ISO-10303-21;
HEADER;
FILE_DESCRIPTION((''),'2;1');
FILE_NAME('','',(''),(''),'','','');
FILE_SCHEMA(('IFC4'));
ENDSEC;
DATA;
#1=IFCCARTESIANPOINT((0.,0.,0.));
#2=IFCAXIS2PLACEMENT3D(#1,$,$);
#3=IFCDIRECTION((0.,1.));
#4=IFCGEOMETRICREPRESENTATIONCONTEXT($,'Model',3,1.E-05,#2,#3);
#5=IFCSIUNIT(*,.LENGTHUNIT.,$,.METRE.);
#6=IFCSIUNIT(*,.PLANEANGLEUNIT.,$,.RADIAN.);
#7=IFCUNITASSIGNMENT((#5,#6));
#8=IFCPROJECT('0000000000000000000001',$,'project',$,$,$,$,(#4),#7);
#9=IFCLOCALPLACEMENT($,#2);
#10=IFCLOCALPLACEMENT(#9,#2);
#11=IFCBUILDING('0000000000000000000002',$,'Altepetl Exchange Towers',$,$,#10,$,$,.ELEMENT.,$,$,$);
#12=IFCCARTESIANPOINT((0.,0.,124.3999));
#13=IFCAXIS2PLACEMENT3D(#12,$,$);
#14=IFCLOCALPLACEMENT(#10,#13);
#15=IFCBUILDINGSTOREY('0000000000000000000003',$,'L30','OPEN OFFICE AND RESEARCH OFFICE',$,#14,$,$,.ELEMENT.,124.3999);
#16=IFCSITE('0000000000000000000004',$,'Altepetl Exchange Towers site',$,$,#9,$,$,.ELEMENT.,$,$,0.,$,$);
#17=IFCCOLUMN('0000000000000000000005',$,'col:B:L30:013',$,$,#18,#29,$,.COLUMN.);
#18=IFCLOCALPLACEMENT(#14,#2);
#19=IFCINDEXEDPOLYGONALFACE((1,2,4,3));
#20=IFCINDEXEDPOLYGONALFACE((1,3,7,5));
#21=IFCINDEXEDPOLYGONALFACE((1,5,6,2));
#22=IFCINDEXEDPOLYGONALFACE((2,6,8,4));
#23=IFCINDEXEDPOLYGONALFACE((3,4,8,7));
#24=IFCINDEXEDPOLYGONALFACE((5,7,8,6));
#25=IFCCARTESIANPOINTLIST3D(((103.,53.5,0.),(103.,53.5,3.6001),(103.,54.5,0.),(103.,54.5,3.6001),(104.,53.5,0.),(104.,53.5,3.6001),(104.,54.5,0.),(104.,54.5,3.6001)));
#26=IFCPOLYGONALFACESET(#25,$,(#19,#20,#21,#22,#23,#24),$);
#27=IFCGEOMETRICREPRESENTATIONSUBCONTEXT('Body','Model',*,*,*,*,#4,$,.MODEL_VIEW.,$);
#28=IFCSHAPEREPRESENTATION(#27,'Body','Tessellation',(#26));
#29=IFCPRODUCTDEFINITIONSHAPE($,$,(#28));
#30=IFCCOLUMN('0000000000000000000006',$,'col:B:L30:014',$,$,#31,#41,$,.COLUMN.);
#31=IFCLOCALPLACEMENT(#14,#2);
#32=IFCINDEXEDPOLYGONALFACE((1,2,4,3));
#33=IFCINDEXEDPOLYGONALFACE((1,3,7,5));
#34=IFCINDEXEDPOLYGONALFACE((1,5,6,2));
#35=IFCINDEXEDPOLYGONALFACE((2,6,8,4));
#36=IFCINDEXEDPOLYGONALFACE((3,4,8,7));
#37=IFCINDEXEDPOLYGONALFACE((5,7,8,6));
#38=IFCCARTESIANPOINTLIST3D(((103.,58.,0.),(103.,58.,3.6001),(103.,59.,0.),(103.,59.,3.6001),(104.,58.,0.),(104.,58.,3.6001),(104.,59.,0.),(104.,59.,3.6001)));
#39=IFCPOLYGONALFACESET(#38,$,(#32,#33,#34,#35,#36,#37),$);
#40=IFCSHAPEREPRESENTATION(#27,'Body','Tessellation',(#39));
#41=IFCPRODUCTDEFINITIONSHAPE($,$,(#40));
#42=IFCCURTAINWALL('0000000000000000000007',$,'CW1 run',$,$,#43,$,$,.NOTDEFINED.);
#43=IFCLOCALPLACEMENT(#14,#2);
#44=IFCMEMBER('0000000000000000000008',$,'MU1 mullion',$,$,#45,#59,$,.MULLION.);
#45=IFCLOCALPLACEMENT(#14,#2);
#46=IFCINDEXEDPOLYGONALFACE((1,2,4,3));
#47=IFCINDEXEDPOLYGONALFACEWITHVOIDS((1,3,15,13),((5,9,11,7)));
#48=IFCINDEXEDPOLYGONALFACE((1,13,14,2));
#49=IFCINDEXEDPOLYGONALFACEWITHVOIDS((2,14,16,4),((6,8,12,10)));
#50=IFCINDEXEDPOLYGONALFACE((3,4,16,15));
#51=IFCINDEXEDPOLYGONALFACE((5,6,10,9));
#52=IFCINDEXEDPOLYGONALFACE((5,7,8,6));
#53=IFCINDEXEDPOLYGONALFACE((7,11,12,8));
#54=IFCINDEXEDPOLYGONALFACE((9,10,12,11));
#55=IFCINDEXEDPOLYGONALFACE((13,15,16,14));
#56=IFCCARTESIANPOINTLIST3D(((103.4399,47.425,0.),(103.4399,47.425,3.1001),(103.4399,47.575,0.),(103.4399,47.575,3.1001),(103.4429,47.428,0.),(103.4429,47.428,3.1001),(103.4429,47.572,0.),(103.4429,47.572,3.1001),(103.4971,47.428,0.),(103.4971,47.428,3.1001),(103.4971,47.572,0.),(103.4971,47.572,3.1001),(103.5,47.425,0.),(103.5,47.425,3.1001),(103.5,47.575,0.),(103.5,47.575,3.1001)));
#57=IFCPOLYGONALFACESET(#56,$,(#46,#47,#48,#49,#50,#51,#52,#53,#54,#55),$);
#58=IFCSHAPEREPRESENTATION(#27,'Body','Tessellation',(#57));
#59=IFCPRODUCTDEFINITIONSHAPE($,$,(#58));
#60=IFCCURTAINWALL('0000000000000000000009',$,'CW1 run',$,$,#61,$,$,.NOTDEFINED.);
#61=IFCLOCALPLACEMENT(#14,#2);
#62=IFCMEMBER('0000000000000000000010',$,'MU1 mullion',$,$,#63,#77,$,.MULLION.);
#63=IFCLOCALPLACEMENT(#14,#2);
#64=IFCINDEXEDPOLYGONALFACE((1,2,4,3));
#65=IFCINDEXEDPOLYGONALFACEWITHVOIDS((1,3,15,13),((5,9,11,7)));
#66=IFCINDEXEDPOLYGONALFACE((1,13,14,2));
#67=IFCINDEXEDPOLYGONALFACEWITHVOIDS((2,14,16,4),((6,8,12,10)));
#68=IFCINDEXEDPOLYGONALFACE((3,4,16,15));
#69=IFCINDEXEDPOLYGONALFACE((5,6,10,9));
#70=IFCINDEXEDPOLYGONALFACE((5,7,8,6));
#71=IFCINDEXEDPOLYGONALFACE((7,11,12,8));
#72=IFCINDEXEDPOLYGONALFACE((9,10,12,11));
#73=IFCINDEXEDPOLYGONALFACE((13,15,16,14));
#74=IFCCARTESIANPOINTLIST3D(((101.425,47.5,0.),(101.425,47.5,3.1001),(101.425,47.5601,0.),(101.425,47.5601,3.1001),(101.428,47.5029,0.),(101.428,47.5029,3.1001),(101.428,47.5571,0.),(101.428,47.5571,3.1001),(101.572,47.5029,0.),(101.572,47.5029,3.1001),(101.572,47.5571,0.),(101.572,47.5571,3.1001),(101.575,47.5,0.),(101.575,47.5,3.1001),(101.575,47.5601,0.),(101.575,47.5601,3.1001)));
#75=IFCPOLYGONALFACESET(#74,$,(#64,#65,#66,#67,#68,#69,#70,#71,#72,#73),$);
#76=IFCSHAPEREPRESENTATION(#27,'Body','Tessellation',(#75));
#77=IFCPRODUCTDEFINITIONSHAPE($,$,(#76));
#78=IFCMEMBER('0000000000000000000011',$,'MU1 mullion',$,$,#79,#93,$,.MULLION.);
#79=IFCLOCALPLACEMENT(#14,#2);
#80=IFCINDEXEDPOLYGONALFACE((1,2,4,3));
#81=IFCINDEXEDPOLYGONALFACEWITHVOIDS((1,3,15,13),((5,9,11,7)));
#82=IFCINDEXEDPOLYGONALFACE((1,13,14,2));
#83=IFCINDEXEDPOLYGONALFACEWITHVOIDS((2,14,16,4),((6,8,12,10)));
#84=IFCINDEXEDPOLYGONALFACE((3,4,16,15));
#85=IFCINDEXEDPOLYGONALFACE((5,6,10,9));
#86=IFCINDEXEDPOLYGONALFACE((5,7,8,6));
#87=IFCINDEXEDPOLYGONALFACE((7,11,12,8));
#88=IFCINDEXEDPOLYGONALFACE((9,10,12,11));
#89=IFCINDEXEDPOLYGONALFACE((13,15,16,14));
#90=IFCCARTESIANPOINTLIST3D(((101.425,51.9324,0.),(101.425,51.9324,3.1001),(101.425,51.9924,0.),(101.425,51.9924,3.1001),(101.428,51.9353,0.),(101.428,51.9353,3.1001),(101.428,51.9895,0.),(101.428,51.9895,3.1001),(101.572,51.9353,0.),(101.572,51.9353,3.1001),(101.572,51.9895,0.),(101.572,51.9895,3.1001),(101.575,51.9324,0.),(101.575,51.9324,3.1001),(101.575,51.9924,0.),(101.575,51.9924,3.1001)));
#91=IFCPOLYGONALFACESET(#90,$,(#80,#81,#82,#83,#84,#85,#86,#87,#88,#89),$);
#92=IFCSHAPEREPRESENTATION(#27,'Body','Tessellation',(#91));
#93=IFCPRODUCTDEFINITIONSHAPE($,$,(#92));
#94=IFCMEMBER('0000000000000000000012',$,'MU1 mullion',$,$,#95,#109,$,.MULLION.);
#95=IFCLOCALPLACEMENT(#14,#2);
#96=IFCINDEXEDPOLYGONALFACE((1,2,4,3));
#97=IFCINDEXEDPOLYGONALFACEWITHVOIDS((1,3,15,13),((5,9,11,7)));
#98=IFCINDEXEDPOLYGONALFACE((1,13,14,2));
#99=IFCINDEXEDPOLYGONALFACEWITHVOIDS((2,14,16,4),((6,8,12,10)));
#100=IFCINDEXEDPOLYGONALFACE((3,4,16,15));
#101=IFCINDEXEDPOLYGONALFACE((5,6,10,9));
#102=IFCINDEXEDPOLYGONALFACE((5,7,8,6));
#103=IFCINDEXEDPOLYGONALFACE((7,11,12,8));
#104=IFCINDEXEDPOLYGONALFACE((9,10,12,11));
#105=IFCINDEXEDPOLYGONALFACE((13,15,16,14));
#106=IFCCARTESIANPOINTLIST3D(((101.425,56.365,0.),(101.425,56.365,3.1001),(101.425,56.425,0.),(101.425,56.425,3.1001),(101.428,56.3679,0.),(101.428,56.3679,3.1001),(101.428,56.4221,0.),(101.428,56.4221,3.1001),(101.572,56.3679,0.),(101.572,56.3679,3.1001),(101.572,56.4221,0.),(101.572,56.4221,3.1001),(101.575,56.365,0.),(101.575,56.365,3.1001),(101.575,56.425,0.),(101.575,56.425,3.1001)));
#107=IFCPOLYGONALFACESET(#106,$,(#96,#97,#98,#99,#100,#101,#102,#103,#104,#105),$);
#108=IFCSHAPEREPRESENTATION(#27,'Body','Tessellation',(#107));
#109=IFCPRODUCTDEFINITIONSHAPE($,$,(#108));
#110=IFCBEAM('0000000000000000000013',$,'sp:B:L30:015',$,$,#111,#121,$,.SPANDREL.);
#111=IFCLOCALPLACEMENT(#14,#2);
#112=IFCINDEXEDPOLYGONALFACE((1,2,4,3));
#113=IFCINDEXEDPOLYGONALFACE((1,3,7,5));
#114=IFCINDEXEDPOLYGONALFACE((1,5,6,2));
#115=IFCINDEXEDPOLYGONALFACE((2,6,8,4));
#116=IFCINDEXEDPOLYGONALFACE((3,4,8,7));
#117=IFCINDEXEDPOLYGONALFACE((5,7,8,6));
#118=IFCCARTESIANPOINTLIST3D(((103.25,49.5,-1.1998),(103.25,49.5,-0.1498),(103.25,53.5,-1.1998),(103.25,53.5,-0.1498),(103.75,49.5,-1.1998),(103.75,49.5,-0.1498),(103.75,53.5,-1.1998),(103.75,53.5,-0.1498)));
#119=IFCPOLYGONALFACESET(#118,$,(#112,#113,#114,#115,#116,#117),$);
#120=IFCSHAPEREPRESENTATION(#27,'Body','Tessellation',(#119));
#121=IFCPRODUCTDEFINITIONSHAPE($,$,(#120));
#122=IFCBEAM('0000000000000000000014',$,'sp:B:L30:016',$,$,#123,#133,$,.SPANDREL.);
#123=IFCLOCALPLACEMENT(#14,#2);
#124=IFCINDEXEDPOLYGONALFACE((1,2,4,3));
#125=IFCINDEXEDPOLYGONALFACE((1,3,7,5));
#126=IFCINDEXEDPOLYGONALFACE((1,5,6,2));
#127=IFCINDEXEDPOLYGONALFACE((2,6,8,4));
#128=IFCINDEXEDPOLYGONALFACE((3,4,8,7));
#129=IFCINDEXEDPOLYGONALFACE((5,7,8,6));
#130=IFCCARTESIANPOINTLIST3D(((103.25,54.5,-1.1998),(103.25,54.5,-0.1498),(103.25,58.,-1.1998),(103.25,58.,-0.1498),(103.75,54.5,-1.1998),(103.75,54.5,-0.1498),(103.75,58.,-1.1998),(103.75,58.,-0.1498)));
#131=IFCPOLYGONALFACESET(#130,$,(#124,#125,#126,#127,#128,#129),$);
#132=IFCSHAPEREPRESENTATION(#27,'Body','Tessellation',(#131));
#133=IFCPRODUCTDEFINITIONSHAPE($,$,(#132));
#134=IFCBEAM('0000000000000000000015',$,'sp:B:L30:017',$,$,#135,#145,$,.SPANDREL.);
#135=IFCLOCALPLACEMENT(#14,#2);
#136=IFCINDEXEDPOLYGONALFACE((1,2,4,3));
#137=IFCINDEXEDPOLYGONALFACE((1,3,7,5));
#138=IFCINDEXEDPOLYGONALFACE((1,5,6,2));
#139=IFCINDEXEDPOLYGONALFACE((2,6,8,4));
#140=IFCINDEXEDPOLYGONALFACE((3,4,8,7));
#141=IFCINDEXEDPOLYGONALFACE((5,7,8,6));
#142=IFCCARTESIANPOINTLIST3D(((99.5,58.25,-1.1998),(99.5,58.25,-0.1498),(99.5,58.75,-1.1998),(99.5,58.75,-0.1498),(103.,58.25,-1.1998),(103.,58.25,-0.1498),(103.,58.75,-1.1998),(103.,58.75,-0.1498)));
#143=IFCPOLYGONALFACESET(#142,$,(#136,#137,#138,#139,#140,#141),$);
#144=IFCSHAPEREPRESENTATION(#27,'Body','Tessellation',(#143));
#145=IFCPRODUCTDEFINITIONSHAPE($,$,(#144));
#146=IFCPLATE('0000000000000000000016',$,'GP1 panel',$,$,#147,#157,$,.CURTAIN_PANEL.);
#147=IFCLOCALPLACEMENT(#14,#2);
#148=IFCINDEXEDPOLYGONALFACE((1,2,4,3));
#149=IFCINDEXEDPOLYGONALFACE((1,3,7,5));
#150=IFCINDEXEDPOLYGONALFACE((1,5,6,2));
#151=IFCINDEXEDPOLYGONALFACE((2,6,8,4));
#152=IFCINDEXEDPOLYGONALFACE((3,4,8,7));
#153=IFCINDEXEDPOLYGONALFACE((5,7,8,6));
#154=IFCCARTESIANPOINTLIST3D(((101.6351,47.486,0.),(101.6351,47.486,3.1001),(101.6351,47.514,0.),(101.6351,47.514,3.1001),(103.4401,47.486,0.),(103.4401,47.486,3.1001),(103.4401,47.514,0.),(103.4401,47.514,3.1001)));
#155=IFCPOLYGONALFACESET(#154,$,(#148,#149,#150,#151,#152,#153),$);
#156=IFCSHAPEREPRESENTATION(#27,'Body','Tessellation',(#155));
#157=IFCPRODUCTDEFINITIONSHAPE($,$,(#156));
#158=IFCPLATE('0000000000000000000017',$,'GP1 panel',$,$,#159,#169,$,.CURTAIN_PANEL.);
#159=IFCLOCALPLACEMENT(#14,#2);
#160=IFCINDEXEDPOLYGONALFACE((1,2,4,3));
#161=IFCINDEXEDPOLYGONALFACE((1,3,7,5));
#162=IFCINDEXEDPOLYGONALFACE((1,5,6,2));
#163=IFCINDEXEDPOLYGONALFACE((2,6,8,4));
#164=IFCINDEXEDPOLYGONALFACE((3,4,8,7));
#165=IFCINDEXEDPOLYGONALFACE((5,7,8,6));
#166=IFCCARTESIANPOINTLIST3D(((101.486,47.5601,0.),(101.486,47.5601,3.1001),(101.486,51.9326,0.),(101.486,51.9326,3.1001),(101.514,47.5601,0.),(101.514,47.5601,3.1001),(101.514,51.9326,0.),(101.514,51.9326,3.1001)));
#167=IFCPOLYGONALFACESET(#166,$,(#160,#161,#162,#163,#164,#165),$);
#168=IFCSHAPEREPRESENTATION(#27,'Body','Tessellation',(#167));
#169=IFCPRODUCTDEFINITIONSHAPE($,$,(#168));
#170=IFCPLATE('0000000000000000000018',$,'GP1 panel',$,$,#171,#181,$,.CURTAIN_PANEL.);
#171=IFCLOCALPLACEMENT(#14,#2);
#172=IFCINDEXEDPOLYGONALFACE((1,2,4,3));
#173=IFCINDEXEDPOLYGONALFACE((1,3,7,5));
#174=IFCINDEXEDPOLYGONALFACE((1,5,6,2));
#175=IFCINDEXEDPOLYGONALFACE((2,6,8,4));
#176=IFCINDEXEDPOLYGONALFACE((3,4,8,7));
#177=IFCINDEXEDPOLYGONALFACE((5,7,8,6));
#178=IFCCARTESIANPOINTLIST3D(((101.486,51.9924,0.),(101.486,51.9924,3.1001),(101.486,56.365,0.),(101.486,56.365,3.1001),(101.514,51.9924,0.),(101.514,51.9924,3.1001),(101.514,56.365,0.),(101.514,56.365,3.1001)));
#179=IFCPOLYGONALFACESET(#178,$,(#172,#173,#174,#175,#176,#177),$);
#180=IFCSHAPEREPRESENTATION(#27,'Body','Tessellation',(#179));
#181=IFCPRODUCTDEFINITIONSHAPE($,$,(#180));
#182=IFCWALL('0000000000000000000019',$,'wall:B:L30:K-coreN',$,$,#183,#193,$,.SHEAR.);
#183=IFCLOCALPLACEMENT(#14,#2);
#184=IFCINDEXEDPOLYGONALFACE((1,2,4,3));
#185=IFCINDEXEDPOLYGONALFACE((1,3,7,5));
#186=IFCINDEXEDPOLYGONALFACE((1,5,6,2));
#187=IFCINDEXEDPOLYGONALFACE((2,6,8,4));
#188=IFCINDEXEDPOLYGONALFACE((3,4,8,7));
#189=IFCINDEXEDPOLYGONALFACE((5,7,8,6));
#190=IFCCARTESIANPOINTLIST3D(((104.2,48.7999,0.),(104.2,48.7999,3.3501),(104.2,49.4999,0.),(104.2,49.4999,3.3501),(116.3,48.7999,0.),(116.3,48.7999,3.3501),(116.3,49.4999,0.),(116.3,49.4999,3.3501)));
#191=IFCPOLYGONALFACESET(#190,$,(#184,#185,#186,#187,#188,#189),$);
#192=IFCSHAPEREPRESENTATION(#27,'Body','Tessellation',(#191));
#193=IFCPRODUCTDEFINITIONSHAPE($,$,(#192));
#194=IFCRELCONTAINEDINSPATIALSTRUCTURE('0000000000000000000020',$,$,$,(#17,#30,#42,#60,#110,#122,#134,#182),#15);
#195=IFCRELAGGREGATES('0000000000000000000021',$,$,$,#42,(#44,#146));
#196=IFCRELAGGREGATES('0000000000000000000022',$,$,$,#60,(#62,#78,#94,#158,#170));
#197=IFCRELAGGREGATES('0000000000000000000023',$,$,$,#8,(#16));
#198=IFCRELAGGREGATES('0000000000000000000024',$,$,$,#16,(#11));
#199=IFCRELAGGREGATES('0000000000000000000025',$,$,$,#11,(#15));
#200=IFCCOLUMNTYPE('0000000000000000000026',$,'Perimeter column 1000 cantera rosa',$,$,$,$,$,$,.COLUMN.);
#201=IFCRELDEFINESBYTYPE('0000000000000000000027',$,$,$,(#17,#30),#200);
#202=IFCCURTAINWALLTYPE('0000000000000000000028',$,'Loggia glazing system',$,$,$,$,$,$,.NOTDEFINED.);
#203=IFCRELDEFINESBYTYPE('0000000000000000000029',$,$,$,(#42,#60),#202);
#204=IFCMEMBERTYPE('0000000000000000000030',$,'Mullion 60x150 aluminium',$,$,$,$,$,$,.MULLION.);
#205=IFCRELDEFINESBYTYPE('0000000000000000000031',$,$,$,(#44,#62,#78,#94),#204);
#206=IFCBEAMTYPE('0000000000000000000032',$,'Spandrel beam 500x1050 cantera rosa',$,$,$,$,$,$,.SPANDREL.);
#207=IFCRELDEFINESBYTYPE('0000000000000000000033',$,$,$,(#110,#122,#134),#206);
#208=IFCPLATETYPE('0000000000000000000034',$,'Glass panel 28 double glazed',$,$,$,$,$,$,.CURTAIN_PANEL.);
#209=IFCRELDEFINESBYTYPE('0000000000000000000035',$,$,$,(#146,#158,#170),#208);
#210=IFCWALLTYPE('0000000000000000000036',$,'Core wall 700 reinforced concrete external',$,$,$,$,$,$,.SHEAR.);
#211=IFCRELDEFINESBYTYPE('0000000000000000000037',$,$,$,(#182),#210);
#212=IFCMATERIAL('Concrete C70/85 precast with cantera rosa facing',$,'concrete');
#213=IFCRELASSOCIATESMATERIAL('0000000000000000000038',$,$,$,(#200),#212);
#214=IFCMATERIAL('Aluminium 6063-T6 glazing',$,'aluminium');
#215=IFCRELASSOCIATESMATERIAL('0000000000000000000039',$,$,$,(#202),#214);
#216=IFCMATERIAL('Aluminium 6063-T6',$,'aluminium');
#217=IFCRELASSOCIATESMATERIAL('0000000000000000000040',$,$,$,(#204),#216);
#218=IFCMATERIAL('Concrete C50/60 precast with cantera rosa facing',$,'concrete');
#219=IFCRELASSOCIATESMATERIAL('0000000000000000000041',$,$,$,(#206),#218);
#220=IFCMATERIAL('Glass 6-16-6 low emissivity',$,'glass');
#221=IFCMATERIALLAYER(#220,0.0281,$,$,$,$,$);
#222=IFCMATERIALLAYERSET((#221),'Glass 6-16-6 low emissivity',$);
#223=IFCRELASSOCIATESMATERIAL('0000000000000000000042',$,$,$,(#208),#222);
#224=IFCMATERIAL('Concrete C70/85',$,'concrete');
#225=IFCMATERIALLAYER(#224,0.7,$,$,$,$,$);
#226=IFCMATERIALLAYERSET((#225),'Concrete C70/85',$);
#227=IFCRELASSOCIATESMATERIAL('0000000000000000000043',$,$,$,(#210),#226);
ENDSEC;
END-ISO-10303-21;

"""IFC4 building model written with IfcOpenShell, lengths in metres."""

from ifc_helpers import new_model, si_unit, direction, frame, frame_2d, origin, origin_2d, place, context, subcontext, project, spatial, rectangle, hollow_rectangle, extrude, material, layer, layer_set, material_profile, profile_set, type_object, element, aggregate, save


model = new_model("IFC4")

# Units and contexts
model_context = context("Model", 3, precision=1e-05, world=origin(), true_north=direction((0.0, 1.0)))
body_context = subcontext(model_context, "Body", "Model", "MODEL_VIEW")
ifc_project = project(units=[si_unit("LENGTHUNIT", "METRE"), si_unit("PLANEANGLEUNIT", "RADIAN")], contexts=[model_context])

# Site, building, storey
site_placement = place(None, origin())
site = spatial("IfcSite", under=ifc_project, at=site_placement, Name="Altepetl Exchange Towers site", CompositionType="ELEMENT", RefElevation=0.0)
building_placement = place(site_placement, origin())
building = spatial("IfcBuilding", under=site, at=building_placement, Name="Altepetl Exchange Towers", CompositionType="ELEMENT")
storey_placement = place(building_placement, frame((0.0, 0.0, 124.3999)))
storey = spatial("IfcBuildingStorey", under=building, at=storey_placement, Name="L30", Description="OPEN OFFICE AND RESEARCH OFFICE", CompositionType="ELEMENT", Elevation=124.3999)

# Columns
ifc_material_1 = material(Name="Concrete C70/85 precast with cantera rosa facing", Category="concrete")
ifc_material_profile_1 = material_profile(ifc_material_1, rectangle(XDim=1.0, YDim=1.0, at=origin_2d()), Name="1000 x 1000")
ifc_profile_set_1 = profile_set([ifc_material_profile_1], Name="Concrete C70/85 precast with cantera rosa facing")
column_type = type_object("IfcColumnType", Name="Perimeter column 1000 cantera rosa", PredefinedType="COLUMN", material=ifc_profile_set_1)
for number, where, name in (
    (1, (103.5, 54.0, 0.0), "col:B:L30:013"),
    (2, (103.5, 58.5, 0.0), "col:B:L30:014"),
):
    element("IfcColumn", number, at=place(storey_placement, frame(where)), inside=storey, type_object=column_type, Name=name, PredefinedType="COLUMN", context=body_context, shape_type="SweptSolid", body=[
        extrude(rectangle(XDim=1.0, YDim=1.0, at=origin_2d()), origin(), (0.0, 0.0, 1.0), 3.6001),
    ])

# Curtain wall, member
ifc_material_2 = material(Name="Aluminium 6063-T6 glazing", Category="aluminium")
curtain_wall_type = type_object("IfcCurtainWallType", Name="Loggia glazing system", PredefinedType="NOTDEFINED", material=ifc_material_2)
curtain_wall_1_placement = place(storey_placement, origin())
curtain_wall_1 = element("IfcCurtainWall", 3, at=curtain_wall_1_placement, inside=storey, type_object=curtain_wall_type, Name="CW1 run", PredefinedType="NOTDEFINED")
ifc_material_3 = material(Name="Aluminium 6063-T6", Category="aluminium")
ifc_material_profile_2 = material_profile(ifc_material_3, hollow_rectangle(XDim=0.0601, YDim=0.1499, WallThickness=0.0029, at=origin_2d()), Name="Mullion 60x150 aluminium")
ifc_profile_set_2 = profile_set([ifc_material_profile_2], Name="Aluminium 6063-T6")
member_type = type_object("IfcMemberType", Name="Mullion 60x150 aluminium", PredefinedType="MULLION", material=ifc_profile_set_2)
member_1_placement = place(storey_placement, frame((103.47, 47.5, 0.0), z_axis=(0.0, 0.0, 1.0), x_axis=(-1.0, 0.0, 0.0)))
member_1 = element("IfcMember", 4, at=member_1_placement, type_object=member_type, Name="MU1 mullion", PredefinedType="MULLION", context=body_context, shape_type="SweptSolid", body=[
    extrude(hollow_rectangle(XDim=0.0601, YDim=0.1499, WallThickness=0.0029, at=origin_2d()), origin(), (0.0, 0.0, 1.0), 3.1001),
])

# Curtain wall, members
curtain_wall_2_placement = place(storey_placement, origin())
curtain_wall_2 = element("IfcCurtainWall", 5, at=curtain_wall_2_placement, inside=storey, type_object=curtain_wall_type, Name="CW1 run", PredefinedType="NOTDEFINED")
member_2_placement = place(storey_placement, frame((101.5, 47.53, 0.0), z_axis=(0.0, 0.0, 1.0), x_axis=(0.0, 1.0, 0.0)))
member_2 = element("IfcMember", 6, at=member_2_placement, type_object=member_type, Name="MU1 mullion", PredefinedType="MULLION", context=body_context, shape_type="SweptSolid", body=[
    extrude(hollow_rectangle(XDim=0.0601, YDim=0.1499, WallThickness=0.0029, at=origin_2d()), origin(), (0.0, 0.0, 1.0), 3.1001),
])
member_3_placement = place(storey_placement, frame((101.5, 51.9624, 0.0), z_axis=(0.0, 0.0, 1.0), x_axis=(0.0, 1.0, 0.0)))
member_3 = element("IfcMember", 7, at=member_3_placement, type_object=member_type, Name="MU1 mullion", PredefinedType="MULLION", context=body_context, shape_type="SweptSolid", body=[
    extrude(hollow_rectangle(XDim=0.0601, YDim=0.1499, WallThickness=0.0029, at=origin_2d()), origin(), (0.0, 0.0, 1.0), 3.1001),
])
member_4_placement = place(storey_placement, frame((101.5, 56.395, 0.0), z_axis=(0.0, 0.0, 1.0), x_axis=(0.0, 1.0, 0.0)))
member_4 = element("IfcMember", 8, at=member_4_placement, type_object=member_type, Name="MU1 mullion", PredefinedType="MULLION", context=body_context, shape_type="SweptSolid", body=[
    extrude(hollow_rectangle(XDim=0.0601, YDim=0.1499, WallThickness=0.0029, at=origin_2d()), origin(), (0.0, 0.0, 1.0), 3.1001),
])

# Beams
ifc_material_4 = material(Name="Concrete C50/60 precast with cantera rosa facing", Category="concrete")
ifc_material_profile_3 = material_profile(ifc_material_4, rectangle(XDim=0.5, YDim=1.05, at=origin_2d()), Name="500 x 1050")
ifc_profile_set_3 = profile_set([ifc_material_profile_3], Name="Concrete C50/60 precast with cantera rosa facing")
beam_type = type_object("IfcBeamType", Name="Spandrel beam 500x1050 cantera rosa", PredefinedType="SPANDREL", material=ifc_profile_set_3)
beam_placement = place(storey_placement, frame((103.5, 49.5, -0.6748), z_axis=(0.0, 1.0, 0.0), x_axis=(-1.0, 0.0, 0.0)))
element("IfcBeam", 9, at=beam_placement, inside=storey, type_object=beam_type, Name="sp:B:L30:015", PredefinedType="SPANDREL", context=body_context, shape_type="SweptSolid", body=[
    extrude(rectangle(XDim=0.5, YDim=1.05, at=origin_2d()), origin(), (0.0, 0.0, 1.0), 4.0),
])
for number, where, z_axis, x_axis, name in (
    (10, (103.5, 54.5, -0.6748), (0.0, 1.0, 0.0), (-1.0, 0.0, 0.0), "sp:B:L30:016"),
    (11, (103.0, 58.5, -0.6748), (-1.0, 0.0, 0.0), (0.0, -1.0, 0.0), "sp:B:L30:017"),
):
    element("IfcBeam", number, at=place(storey_placement, frame(where, z_axis=z_axis, x_axis=x_axis)), inside=storey, type_object=beam_type, Name=name, PredefinedType="SPANDREL", context=body_context, shape_type="SweptSolid", body=[
        extrude(rectangle(XDim=0.5, YDim=1.05, at=origin_2d()), origin(), (0.0, 0.0, 1.0), 3.5),
    ])

# Plates
ifc_material_5 = material(Name="Glass 6-16-6 low emissivity", Category="glass")
ifc_layer_1 = layer(ifc_material_5, 0.0281)
ifc_layer_set_1 = layer_set([ifc_layer_1], Name="Glass 6-16-6 low emissivity")
plate_type = type_object("IfcPlateType", Name="Glass panel 28 double glazed", PredefinedType="CURTAIN_PANEL", material=ifc_layer_set_1)
plate_1_placement = place(storey_placement, frame((102.5376, 47.5, 0.0), z_axis=(0.0, 0.0, 1.0), x_axis=(-1.0, 0.0, 0.0)))
plate_1 = element("IfcPlate", 12, at=plate_1_placement, type_object=plate_type, Name="GP1 panel", PredefinedType="CURTAIN_PANEL", context=body_context, shape_type="SweptSolid", body=[
    extrude(rectangle(XDim=1.8049, YDim=0.0281, at=origin_2d()), origin(), (0.0, 0.0, 1.0), 3.1001),
])
aggregate(curtain_wall_1, [member_1, plate_1])
plate_2_placement = place(storey_placement, frame((101.5, 49.7463, 0.0), z_axis=(0.0, 0.0, 1.0), x_axis=(0.0, 1.0, 0.0)))
plate_2 = element("IfcPlate", 13, at=plate_2_placement, type_object=plate_type, Name="GP1 panel", PredefinedType="CURTAIN_PANEL", context=body_context, shape_type="SweptSolid", body=[
    extrude(rectangle(XDim=4.3726, YDim=0.0281, at=origin_2d()), origin(), (0.0, 0.0, 1.0), 3.1001),
])
plate_3_placement = place(storey_placement, frame((101.5, 54.1787, 0.0), z_axis=(0.0, 0.0, 1.0), x_axis=(0.0, 1.0, 0.0)))
plate_3 = element("IfcPlate", 14, at=plate_3_placement, type_object=plate_type, Name="GP1 panel", PredefinedType="CURTAIN_PANEL", context=body_context, shape_type="SweptSolid", body=[
    extrude(rectangle(XDim=4.3726, YDim=0.0281, at=origin_2d()), origin(), (0.0, 0.0, 1.0), 3.1001),
])
aggregate(curtain_wall_2, [member_2, member_3, member_4, plate_2, plate_3])

# Wall
ifc_material_6 = material(Name="Concrete C70/85", Category="concrete")
ifc_layer_2 = layer(ifc_material_6, 0.7)
ifc_layer_set_2 = layer_set([ifc_layer_2], Name="Concrete C70/85")
wall_type_1 = type_object("IfcWallType", Name="Core wall 700 reinforced concrete external", PredefinedType="SHEAR", material=ifc_layer_set_2)
wall_1_placement = place(storey_placement, frame((104.2, 49.1499, 0.0)))
element("IfcWall", 15, at=wall_1_placement, inside=storey, type_object=wall_type_1, Name="wall:B:L30:K-coreN", PredefinedType="SHEAR", context=body_context, shape_type="SweptSolid", body=[
    extrude(rectangle(XDim=12.1001, YDim=0.7, at=frame_2d((6.05, 0.0))), origin(), (0.0, 0.0, 1.0), 3.3501),
])

save(model, "model.ifc")
